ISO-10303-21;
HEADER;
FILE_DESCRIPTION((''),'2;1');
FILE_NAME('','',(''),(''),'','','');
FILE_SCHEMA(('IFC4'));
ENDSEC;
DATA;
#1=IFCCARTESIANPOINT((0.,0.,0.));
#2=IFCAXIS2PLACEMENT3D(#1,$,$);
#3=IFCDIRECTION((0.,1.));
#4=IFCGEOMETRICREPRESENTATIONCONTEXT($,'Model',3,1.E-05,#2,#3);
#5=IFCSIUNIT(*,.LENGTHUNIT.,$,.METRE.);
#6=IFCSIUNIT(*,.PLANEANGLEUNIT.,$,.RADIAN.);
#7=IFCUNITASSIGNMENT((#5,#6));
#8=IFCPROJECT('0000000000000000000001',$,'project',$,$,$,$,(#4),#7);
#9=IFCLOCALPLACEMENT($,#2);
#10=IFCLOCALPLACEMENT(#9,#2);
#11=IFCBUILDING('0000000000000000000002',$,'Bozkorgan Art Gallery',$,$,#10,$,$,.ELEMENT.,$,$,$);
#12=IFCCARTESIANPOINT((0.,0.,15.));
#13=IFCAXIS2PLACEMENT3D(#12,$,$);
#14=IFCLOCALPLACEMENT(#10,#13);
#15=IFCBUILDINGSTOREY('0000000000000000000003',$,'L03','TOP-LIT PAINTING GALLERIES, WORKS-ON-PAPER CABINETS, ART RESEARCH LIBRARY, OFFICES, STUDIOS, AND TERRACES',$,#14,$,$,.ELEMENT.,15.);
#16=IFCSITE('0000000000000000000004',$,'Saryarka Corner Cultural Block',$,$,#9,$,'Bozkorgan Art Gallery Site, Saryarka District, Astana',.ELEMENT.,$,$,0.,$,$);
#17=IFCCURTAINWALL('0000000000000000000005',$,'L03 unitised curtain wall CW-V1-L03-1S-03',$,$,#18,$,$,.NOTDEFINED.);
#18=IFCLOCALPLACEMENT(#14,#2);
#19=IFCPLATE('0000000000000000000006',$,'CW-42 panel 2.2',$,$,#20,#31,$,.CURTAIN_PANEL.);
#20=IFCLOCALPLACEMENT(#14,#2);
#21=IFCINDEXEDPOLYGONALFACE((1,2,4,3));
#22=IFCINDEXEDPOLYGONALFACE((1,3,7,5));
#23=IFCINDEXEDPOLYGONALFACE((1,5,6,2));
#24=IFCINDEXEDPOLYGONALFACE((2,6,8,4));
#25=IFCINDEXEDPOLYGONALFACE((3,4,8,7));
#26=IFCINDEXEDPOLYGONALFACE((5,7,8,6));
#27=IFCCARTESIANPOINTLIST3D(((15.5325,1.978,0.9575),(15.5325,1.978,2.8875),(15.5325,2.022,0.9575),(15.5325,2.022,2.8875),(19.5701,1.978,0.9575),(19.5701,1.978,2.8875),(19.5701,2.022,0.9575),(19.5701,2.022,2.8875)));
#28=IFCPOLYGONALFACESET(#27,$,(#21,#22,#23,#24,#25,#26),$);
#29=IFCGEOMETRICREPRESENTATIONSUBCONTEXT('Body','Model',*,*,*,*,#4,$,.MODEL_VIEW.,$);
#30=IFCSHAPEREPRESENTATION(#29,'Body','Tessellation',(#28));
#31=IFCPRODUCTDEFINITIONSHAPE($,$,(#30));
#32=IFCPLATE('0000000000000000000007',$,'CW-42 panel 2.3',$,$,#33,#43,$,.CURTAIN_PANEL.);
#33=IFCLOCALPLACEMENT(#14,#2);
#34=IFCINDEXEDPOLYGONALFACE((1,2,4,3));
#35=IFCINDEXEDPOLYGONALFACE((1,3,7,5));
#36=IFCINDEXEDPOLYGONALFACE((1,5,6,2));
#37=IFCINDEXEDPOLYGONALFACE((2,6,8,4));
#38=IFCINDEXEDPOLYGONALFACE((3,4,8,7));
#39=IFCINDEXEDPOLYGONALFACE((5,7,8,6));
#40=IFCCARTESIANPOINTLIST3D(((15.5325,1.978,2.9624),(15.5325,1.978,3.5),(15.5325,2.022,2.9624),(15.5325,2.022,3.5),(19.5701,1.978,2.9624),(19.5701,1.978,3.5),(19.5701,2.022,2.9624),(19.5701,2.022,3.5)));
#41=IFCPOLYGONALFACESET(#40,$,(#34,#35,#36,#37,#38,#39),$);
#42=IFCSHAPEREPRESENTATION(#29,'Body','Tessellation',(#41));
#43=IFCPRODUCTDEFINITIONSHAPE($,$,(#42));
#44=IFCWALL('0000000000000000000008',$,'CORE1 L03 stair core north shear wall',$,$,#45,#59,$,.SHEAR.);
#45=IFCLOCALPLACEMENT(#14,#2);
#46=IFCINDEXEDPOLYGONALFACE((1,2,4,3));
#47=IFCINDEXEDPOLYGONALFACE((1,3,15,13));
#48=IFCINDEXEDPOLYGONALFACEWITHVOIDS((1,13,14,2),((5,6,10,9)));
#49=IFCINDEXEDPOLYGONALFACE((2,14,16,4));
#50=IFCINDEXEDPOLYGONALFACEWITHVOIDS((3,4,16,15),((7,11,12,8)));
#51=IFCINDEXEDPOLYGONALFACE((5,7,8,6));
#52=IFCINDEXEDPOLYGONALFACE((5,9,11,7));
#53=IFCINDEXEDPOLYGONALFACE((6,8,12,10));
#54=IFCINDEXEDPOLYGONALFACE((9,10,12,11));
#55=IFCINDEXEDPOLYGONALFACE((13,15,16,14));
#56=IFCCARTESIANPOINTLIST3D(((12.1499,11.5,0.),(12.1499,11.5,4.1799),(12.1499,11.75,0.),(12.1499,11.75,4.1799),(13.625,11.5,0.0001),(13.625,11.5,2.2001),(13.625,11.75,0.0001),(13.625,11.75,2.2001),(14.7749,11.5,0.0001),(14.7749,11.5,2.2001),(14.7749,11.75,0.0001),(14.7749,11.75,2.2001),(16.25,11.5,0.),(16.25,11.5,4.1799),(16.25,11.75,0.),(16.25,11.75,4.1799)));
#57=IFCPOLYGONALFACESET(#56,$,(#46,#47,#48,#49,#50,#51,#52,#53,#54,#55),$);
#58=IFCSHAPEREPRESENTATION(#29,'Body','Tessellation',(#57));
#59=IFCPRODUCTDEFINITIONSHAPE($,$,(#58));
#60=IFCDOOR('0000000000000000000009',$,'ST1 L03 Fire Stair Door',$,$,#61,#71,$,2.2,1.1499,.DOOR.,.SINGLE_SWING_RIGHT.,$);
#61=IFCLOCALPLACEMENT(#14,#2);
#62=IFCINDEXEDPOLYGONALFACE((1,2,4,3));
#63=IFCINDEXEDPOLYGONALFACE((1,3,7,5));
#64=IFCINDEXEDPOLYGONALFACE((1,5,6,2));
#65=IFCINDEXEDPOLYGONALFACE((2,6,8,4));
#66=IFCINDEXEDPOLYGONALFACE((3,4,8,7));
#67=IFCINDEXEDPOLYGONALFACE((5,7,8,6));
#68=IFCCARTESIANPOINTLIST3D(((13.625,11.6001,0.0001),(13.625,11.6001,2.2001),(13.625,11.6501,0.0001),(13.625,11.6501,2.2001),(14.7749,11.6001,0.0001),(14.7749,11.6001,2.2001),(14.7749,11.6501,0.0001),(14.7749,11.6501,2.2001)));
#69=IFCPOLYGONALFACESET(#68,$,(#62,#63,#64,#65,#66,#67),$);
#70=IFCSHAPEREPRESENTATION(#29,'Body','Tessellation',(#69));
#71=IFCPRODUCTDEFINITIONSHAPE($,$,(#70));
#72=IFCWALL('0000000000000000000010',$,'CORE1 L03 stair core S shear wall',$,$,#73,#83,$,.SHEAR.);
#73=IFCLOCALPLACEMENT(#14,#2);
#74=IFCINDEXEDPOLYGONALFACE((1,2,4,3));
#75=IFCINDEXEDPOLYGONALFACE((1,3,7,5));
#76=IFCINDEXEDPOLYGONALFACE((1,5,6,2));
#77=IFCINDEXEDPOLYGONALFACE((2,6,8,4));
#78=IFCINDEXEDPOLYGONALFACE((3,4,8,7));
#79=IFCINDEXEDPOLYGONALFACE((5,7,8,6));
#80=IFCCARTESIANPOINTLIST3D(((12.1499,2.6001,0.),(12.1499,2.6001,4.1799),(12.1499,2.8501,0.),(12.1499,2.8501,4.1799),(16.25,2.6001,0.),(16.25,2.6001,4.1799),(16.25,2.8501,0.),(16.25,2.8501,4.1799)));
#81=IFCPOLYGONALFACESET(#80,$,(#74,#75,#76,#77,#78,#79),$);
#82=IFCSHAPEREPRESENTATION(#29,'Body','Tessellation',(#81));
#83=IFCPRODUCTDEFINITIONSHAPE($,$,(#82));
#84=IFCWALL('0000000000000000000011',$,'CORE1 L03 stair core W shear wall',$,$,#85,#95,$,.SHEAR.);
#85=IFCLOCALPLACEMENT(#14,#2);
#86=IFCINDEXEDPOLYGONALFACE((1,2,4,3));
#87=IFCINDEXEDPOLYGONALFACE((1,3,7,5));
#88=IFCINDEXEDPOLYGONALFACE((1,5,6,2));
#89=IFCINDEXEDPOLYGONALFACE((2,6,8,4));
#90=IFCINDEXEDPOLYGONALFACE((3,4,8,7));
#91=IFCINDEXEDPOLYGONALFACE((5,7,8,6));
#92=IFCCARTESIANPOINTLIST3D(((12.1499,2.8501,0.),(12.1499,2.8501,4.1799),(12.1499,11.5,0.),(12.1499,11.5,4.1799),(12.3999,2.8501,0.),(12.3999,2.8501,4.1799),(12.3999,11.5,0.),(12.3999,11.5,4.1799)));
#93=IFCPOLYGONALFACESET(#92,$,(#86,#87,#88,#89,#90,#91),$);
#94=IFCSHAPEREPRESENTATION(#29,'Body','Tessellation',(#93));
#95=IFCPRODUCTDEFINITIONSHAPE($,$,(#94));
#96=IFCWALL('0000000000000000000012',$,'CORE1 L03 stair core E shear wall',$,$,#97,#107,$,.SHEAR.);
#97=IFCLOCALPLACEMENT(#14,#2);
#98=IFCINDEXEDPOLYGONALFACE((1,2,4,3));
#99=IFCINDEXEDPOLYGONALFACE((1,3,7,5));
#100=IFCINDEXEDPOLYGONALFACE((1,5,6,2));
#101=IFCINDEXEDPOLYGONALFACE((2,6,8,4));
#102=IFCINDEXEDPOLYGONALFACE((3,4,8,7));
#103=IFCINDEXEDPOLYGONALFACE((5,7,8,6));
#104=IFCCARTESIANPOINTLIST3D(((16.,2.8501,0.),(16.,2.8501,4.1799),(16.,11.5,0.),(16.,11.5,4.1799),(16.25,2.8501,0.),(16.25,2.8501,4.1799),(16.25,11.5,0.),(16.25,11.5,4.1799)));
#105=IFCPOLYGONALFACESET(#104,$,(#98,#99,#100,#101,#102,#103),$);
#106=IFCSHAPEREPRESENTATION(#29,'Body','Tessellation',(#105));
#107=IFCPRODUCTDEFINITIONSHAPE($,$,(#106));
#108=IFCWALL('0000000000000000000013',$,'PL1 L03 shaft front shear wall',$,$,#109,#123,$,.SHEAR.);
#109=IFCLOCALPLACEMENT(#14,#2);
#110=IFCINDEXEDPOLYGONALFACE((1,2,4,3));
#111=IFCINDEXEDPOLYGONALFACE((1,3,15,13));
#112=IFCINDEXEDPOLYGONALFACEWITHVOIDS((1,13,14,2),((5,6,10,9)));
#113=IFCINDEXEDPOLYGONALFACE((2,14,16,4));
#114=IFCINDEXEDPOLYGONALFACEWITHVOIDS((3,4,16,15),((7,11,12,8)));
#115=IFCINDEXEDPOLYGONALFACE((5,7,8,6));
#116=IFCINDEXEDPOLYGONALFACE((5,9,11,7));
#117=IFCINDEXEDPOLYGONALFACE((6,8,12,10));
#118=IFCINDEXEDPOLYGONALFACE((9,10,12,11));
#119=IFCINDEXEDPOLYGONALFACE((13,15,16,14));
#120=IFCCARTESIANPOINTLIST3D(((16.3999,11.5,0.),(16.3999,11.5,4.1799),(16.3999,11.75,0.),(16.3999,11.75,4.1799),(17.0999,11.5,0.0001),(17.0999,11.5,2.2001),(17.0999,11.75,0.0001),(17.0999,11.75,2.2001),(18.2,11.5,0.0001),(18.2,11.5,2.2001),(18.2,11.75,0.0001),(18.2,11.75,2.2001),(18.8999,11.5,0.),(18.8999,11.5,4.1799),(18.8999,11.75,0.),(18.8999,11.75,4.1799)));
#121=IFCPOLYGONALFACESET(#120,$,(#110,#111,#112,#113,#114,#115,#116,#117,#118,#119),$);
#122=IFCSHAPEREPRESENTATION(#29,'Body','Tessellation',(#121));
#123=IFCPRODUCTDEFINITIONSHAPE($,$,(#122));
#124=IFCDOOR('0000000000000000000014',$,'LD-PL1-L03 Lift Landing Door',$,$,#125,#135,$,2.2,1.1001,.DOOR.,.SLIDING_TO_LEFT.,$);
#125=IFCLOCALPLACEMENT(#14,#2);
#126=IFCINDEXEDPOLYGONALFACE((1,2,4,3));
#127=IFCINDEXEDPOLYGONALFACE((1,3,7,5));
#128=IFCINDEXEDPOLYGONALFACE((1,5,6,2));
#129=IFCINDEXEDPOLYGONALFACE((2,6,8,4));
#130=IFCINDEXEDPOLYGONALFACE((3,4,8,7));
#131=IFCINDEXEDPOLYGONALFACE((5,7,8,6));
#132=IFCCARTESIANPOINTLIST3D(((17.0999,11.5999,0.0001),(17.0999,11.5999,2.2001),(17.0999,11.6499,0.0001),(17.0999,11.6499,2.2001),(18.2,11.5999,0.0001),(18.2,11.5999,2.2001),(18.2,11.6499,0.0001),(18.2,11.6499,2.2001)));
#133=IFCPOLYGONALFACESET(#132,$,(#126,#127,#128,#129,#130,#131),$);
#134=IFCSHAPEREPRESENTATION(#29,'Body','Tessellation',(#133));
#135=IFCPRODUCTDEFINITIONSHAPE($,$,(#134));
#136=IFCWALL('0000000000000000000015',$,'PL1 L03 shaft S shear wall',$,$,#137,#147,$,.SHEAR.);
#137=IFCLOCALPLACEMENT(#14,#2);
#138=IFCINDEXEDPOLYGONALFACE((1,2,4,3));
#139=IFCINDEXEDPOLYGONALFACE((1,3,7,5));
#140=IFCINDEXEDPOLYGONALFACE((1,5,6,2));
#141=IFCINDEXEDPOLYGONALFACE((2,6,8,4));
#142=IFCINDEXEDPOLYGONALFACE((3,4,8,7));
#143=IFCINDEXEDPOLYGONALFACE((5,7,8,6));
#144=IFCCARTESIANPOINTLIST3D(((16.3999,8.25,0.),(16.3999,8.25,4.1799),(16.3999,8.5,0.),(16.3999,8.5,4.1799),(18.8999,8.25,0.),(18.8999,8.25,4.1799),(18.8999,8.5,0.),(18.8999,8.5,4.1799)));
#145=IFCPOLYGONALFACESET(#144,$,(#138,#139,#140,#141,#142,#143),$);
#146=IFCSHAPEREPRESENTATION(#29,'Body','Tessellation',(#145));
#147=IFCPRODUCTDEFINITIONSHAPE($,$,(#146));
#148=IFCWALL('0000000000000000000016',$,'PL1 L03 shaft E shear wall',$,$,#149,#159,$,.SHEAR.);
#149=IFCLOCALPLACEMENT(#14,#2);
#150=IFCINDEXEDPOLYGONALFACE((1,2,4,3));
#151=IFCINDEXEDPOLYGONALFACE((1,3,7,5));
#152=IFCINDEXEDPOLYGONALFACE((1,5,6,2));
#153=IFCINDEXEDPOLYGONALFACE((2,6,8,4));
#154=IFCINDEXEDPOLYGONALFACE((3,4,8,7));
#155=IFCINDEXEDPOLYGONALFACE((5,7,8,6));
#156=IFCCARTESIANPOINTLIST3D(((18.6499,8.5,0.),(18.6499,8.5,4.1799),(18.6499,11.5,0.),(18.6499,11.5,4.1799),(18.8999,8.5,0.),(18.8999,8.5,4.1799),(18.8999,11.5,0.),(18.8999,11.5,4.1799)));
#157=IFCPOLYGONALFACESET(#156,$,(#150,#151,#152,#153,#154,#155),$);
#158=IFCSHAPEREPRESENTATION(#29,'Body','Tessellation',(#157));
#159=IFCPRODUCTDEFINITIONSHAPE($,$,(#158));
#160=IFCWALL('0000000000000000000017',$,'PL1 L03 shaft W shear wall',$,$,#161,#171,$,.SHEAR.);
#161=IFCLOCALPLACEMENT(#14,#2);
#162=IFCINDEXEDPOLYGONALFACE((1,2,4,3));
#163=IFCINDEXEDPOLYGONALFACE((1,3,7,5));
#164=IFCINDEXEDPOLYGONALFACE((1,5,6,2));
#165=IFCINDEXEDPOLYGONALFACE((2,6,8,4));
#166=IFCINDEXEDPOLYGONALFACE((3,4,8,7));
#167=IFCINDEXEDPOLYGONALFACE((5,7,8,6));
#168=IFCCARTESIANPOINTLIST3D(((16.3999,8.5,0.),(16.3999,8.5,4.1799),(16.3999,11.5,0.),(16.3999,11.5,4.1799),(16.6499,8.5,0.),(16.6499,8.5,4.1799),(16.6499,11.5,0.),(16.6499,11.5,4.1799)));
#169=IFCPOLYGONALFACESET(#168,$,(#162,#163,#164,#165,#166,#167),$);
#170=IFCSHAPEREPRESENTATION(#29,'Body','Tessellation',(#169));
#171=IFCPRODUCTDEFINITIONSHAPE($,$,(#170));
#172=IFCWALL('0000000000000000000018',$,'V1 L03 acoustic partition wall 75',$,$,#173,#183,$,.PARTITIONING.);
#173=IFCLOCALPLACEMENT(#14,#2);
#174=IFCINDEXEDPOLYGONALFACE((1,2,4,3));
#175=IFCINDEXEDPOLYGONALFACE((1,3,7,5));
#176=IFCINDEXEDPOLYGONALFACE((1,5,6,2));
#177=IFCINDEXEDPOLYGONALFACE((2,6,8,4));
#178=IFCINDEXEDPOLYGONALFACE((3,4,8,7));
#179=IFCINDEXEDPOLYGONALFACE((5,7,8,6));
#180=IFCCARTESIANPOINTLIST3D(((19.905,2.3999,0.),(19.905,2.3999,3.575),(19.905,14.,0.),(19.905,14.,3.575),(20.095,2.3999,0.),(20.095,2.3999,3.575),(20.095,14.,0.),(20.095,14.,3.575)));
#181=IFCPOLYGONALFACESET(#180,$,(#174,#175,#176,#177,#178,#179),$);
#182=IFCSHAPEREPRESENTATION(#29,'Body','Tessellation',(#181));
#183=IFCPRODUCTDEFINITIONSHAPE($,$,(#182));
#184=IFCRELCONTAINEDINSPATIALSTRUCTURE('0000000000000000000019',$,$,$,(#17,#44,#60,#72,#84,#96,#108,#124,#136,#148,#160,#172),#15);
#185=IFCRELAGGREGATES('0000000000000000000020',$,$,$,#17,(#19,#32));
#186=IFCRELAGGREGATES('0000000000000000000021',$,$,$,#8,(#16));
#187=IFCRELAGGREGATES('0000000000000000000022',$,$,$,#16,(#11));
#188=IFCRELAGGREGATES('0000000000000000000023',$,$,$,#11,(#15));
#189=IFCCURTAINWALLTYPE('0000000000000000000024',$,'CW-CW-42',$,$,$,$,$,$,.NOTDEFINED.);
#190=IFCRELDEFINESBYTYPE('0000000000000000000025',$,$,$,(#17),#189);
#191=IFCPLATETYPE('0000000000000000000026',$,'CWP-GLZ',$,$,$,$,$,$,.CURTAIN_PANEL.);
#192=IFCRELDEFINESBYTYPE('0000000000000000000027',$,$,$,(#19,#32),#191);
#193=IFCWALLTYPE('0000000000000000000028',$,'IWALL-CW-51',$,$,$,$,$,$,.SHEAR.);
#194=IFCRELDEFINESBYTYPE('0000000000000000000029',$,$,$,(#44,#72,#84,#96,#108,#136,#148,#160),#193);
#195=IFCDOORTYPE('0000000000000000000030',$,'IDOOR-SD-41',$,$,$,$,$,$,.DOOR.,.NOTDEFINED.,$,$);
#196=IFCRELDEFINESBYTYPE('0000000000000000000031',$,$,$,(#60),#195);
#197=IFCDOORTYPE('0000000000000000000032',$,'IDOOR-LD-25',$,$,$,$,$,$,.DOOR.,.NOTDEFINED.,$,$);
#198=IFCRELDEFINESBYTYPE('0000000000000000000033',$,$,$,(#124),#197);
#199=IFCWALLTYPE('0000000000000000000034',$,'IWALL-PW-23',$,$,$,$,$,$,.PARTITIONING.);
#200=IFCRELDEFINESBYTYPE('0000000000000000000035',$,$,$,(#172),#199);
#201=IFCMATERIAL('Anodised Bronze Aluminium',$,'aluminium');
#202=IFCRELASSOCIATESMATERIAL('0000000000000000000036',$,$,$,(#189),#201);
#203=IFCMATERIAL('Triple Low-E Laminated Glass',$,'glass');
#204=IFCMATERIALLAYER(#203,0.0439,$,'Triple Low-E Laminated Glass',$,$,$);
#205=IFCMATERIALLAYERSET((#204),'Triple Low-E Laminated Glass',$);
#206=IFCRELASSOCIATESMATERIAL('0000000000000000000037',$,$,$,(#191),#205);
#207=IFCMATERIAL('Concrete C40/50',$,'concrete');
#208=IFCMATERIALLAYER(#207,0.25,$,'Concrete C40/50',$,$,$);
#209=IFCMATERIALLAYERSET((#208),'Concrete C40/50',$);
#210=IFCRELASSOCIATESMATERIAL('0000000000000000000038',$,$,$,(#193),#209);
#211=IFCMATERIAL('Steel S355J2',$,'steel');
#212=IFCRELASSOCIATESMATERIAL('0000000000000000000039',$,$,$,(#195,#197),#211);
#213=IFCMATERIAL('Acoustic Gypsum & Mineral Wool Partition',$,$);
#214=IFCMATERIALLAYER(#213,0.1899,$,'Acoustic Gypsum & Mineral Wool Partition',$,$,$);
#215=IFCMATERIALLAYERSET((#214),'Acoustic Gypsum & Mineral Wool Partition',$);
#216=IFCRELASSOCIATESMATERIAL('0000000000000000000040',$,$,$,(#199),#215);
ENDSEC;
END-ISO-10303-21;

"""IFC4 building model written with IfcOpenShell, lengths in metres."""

from ifc_helpers import new_model, si_unit, direction, frame, frame_2d, origin, origin_2d, place, context, subcontext, project, spatial, rectangle, extrude, material, layer, layer_set, type_object, element, fill, aggregate, save


model = new_model("IFC4")

# Units and contexts
model_context = context("Model", 3, precision=1e-05, world=origin(), true_north=direction((0.0, 1.0)))
body_context = subcontext(model_context, "Body", "Model", "MODEL_VIEW")
ifc_project = project(units=[si_unit("LENGTHUNIT", "METRE"), si_unit("PLANEANGLEUNIT", "RADIAN")], contexts=[model_context])

# Site, building, storey
site_placement = place(None, origin())
site = spatial("IfcSite", under=ifc_project, at=site_placement, Name="Saryarka Corner Cultural Block", LongName="Bozkorgan Art Gallery Site, Saryarka District, Astana", CompositionType="ELEMENT", RefElevation=0.0)
building_placement = place(site_placement, origin())
building = spatial("IfcBuilding", under=site, at=building_placement, Name="Bozkorgan Art Gallery", CompositionType="ELEMENT")
storey_placement = place(building_placement, frame((0.0, 0.0, 15.0)))
storey = spatial("IfcBuildingStorey", under=building, at=storey_placement, Name="L03", Description="TOP-LIT PAINTING GALLERIES, WORKS-ON-PAPER CABINETS, ART RESEARCH LIBRARY, OFFICES, STUDIOS, AND TERRACES", CompositionType="ELEMENT", Elevation=15.0)

# Shared definitions
ifc_material_1 = material(Name="Concrete C40/50", Category="concrete")

# Shared definitions
ifc_material_2 = material(Name="Steel S355J2", Category="steel")

# Curtain wall, plates
ifc_material_3 = material(Name="Anodised Bronze Aluminium", Category="aluminium")
curtain_wall_type = type_object("IfcCurtainWallType", Name="CW-CW-42", PredefinedType="NOTDEFINED", material=ifc_material_3)
curtain_wall_placement = place(storey_placement, origin())
curtain_wall = element("IfcCurtainWall", 1, at=curtain_wall_placement, inside=storey, type_object=curtain_wall_type, Name="L03 unitised curtain wall CW-V1-L03-1S-03", PredefinedType="NOTDEFINED")
ifc_material_4 = material(Name="Triple Low-E Laminated Glass", Category="glass")
ifc_layer_1 = layer(ifc_material_4, 0.0439, Name="Triple Low-E Laminated Glass")
ifc_layer_set_1 = layer_set([ifc_layer_1], Name="Triple Low-E Laminated Glass")
plate_type = type_object("IfcPlateType", Name="CWP-GLZ", PredefinedType="CURTAIN_PANEL", material=ifc_layer_set_1)
plate_1_placement = place(storey_placement, frame((17.5513, 2.0, 0.9575), z_axis=(0.0, 0.0, 1.0), x_axis=(1.0, 0.0, 0.0)))
plate_1 = element("IfcPlate", 2, at=plate_1_placement, type_object=plate_type, Name="CW-42 panel 2.2", PredefinedType="CURTAIN_PANEL", context=body_context, shape_type="SweptSolid", body=[
    extrude(rectangle(XDim=4.0376, YDim=0.0439, at=origin_2d()), origin(), (0.0, 0.0, 1.0), 1.9299),
])
plate_2_placement = place(storey_placement, frame((17.5513, 2.0, 2.9624), z_axis=(0.0, 0.0, 1.0), x_axis=(1.0, 0.0, 0.0)))
plate_2 = element("IfcPlate", 3, at=plate_2_placement, type_object=plate_type, Name="CW-42 panel 2.3", PredefinedType="CURTAIN_PANEL", context=body_context, shape_type="SweptSolid", body=[
    extrude(rectangle(XDim=4.0376, YDim=0.0439, at=origin_2d()), origin(), (0.0, 0.0, 1.0), 0.5376),
])
aggregate(curtain_wall, [plate_1, plate_2])

# Wall, opening, door
ifc_layer_2 = layer(ifc_material_1, 0.25, Name="Concrete C40/50")
ifc_layer_set_2 = layer_set([ifc_layer_2], Name="Concrete C40/50")
wall_type_1 = type_object("IfcWallType", Name="IWALL-CW-51", PredefinedType="SHEAR", material=ifc_layer_set_2)
wall_1_placement = place(storey_placement, frame((12.1499, 11.625, 0.0), z_axis=(0.0, 0.0, 1.0), x_axis=(1.0, 0.0, 0.0)))
wall_1 = element("IfcWall", 4, at=wall_1_placement, inside=storey, type_object=wall_type_1, Name="CORE1 L03 stair core north shear wall", PredefinedType="SHEAR", context=body_context, shape_type="SweptSolid", body=[
    extrude(rectangle(XDim=4.1001, YDim=0.25, at=frame_2d((2.05, 0.0))), origin(), (0.0, 0.0, 1.0), 4.1799),
])
opening_1_placement = place(wall_1_placement, frame((2.625, 0.0, 0.0), z_axis=(0.0, 0.0, 1.0), x_axis=(-1.0, 0.0, 0.0)))
opening_1 = element("IfcOpeningElement", 5, at=opening_1_placement, cuts=wall_1, PredefinedType="OPENING", context=body_context, shape_type="SweptSolid", body=[
    extrude(rectangle(XDim=1.1499, YDim=2.2, at=frame_2d((0.575, 1.1001))), frame((0.0, 0.135, 0.0), z_axis=(0.0, -1.0, 0.0), x_axis=(1.0, 0.0, 0.0)), (0.0, 0.0, 1.0), 0.27),
])
door_type_1 = type_object("IfcDoorType", Name="IDOOR-SD-41", OperationType="NOTDEFINED", PredefinedType="DOOR", material=ifc_material_2)
door_1_placement = place(opening_1_placement, origin())
door_1 = element("IfcDoor", 6, at=door_1_placement, inside=storey, type_object=door_type_1, Name="ST1 L03 Fire Stair Door", OperationType="SINGLE_SWING_RIGHT", OverallHeight=2.2, OverallWidth=1.1499, PredefinedType="DOOR", context=body_context, shape_type="SweptSolid", body=[
    extrude(rectangle(XDim=1.1499, YDim=2.2, at=frame_2d((0.575, 1.1001))), frame((0.0, 0.0249, 0.0), z_axis=(0.0, -1.0, 0.0), x_axis=(1.0, 0.0, 0.0)), (0.0, 0.0, 1.0), 0.05),
])
fill(opening_1, door_1)

# Walls
wall_2_placement = place(storey_placement, frame((12.1499, 2.7251, 0.0), z_axis=(0.0, 0.0, 1.0), x_axis=(1.0, 0.0, 0.0)))
element("IfcWall", 7, at=wall_2_placement, inside=storey, type_object=wall_type_1, Name="CORE1 L03 stair core S shear wall", PredefinedType="SHEAR", context=body_context, shape_type="SweptSolid", body=[
    extrude(rectangle(XDim=4.1001, YDim=0.25, at=frame_2d((2.05, 0.0))), origin(), (0.0, 0.0, 1.0), 4.1799),
])
for number, where, z_axis, x_axis, name in (
    (8, (12.2749, 2.8501, 0.0), (0.0, 0.0, 1.0), (0.0, 1.0, 0.0), "CORE1 L03 stair core W shear wall"),
    (9, (16.125, 2.8501, 0.0), (0.0, 0.0, 1.0), (0.0, 1.0, 0.0), "CORE1 L03 stair core E shear wall"),
):
    element("IfcWall", number, at=place(storey_placement, frame(where, z_axis=z_axis, x_axis=x_axis)), inside=storey, type_object=wall_type_1, Name=name, PredefinedType="SHEAR", context=body_context, shape_type="SweptSolid", body=[
        extrude(rectangle(XDim=8.6499, YDim=0.25, at=frame_2d((4.325, 0.0))), origin(), (0.0, 0.0, 1.0), 4.1799),
    ])

# Wall, opening, door
wall_3_placement = place(storey_placement, frame((16.3999, 11.625, 0.0), z_axis=(0.0, 0.0, 1.0), x_axis=(1.0, 0.0, 0.0)))
wall_3 = element("IfcWall", 10, at=wall_3_placement, inside=storey, type_object=wall_type_1, Name="PL1 L03 shaft front shear wall", PredefinedType="SHEAR", context=body_context, shape_type="SweptSolid", body=[
    extrude(rectangle(XDim=2.5, YDim=0.25, at=frame_2d((1.25, 0.0))), origin(), (0.0, 0.0, 1.0), 4.1799),
])
opening_2_placement = place(wall_3_placement, frame((0.7, 0.0, 0.0)))
opening_2 = element("IfcOpeningElement", 11, at=opening_2_placement, cuts=wall_3, PredefinedType="OPENING", context=body_context, shape_type="SweptSolid", body=[
    extrude(rectangle(XDim=1.1001, YDim=2.2, at=frame_2d((0.55, 1.1001))), frame((0.0, 0.135, 0.0), z_axis=(0.0, -1.0, 0.0), x_axis=(1.0, 0.0, 0.0)), (0.0, 0.0, 1.0), 0.27),
])
door_type_2 = type_object("IfcDoorType", Name="IDOOR-LD-25", OperationType="NOTDEFINED", PredefinedType="DOOR", material=ifc_material_2)
door_2_placement = place(opening_2_placement, origin())
door_2 = element("IfcDoor", 12, at=door_2_placement, inside=storey, type_object=door_type_2, Name="LD-PL1-L03 Lift Landing Door", OperationType="SLIDING_TO_LEFT", OverallHeight=2.2, OverallWidth=1.1001, PredefinedType="DOOR", context=body_context, shape_type="SweptSolid", body=[
    extrude(rectangle(XDim=1.1001, YDim=2.2, at=frame_2d((0.55, 1.1001))), frame((0.0, 0.0249, 0.0), z_axis=(0.0, -1.0, 0.0), x_axis=(1.0, 0.0, 0.0)), (0.0, 0.0, 1.0), 0.05),
])
fill(opening_2, door_2)

# Walls
wall_4_placement = place(storey_placement, frame((16.3999, 8.375, 0.0), z_axis=(0.0, 0.0, 1.0), x_axis=(1.0, 0.0, 0.0)))
element("IfcWall", 13, at=wall_4_placement, inside=storey, type_object=wall_type_1, Name="PL1 L03 shaft S shear wall", PredefinedType="SHEAR", context=body_context, shape_type="SweptSolid", body=[
    extrude(rectangle(XDim=2.5, YDim=0.25, at=frame_2d((1.25, 0.0))), origin(), (0.0, 0.0, 1.0), 4.1799),
])
for number, where, z_axis, x_axis, name in (
    (14, (18.7749, 8.5, 0.0), (0.0, 0.0, 1.0), (0.0, 1.0, 0.0), "PL1 L03 shaft E shear wall"),
    (15, (16.5249, 8.5, 0.0), (0.0, 0.0, 1.0), (0.0, 1.0, 0.0), "PL1 L03 shaft W shear wall"),
):
    element("IfcWall", number, at=place(storey_placement, frame(where, z_axis=z_axis, x_axis=x_axis)), inside=storey, type_object=wall_type_1, Name=name, PredefinedType="SHEAR", context=body_context, shape_type="SweptSolid", body=[
        extrude(rectangle(XDim=3.0, YDim=0.25, at=frame_2d((1.5, 0.0))), origin(), (0.0, 0.0, 1.0), 4.1799),
    ])
ifc_material_5 = material(Name="Acoustic Gypsum & Mineral Wool Partition")
ifc_layer_3 = layer(ifc_material_5, 0.1899, Name="Acoustic Gypsum & Mineral Wool Partition")
ifc_layer_set_3 = layer_set([ifc_layer_3], Name="Acoustic Gypsum & Mineral Wool Partition")
wall_type_2 = type_object("IfcWallType", Name="IWALL-PW-23", PredefinedType="PARTITIONING", material=ifc_layer_set_3)
wall_5_placement = place(storey_placement, frame((20.0, 2.3999, 0.0), z_axis=(0.0, 0.0, 1.0), x_axis=(0.0, 1.0, 0.0)))
element("IfcWall", 16, at=wall_5_placement, inside=storey, type_object=wall_type_2, Name="V1 L03 acoustic partition wall 75", PredefinedType="PARTITIONING", context=body_context, shape_type="SweptSolid", body=[
    extrude(rectangle(XDim=11.6001, YDim=0.1899, at=frame_2d((5.8, 0.0))), origin(), (0.0, 0.0, 1.0), 3.575),
])

save(model, "model.ifc")
